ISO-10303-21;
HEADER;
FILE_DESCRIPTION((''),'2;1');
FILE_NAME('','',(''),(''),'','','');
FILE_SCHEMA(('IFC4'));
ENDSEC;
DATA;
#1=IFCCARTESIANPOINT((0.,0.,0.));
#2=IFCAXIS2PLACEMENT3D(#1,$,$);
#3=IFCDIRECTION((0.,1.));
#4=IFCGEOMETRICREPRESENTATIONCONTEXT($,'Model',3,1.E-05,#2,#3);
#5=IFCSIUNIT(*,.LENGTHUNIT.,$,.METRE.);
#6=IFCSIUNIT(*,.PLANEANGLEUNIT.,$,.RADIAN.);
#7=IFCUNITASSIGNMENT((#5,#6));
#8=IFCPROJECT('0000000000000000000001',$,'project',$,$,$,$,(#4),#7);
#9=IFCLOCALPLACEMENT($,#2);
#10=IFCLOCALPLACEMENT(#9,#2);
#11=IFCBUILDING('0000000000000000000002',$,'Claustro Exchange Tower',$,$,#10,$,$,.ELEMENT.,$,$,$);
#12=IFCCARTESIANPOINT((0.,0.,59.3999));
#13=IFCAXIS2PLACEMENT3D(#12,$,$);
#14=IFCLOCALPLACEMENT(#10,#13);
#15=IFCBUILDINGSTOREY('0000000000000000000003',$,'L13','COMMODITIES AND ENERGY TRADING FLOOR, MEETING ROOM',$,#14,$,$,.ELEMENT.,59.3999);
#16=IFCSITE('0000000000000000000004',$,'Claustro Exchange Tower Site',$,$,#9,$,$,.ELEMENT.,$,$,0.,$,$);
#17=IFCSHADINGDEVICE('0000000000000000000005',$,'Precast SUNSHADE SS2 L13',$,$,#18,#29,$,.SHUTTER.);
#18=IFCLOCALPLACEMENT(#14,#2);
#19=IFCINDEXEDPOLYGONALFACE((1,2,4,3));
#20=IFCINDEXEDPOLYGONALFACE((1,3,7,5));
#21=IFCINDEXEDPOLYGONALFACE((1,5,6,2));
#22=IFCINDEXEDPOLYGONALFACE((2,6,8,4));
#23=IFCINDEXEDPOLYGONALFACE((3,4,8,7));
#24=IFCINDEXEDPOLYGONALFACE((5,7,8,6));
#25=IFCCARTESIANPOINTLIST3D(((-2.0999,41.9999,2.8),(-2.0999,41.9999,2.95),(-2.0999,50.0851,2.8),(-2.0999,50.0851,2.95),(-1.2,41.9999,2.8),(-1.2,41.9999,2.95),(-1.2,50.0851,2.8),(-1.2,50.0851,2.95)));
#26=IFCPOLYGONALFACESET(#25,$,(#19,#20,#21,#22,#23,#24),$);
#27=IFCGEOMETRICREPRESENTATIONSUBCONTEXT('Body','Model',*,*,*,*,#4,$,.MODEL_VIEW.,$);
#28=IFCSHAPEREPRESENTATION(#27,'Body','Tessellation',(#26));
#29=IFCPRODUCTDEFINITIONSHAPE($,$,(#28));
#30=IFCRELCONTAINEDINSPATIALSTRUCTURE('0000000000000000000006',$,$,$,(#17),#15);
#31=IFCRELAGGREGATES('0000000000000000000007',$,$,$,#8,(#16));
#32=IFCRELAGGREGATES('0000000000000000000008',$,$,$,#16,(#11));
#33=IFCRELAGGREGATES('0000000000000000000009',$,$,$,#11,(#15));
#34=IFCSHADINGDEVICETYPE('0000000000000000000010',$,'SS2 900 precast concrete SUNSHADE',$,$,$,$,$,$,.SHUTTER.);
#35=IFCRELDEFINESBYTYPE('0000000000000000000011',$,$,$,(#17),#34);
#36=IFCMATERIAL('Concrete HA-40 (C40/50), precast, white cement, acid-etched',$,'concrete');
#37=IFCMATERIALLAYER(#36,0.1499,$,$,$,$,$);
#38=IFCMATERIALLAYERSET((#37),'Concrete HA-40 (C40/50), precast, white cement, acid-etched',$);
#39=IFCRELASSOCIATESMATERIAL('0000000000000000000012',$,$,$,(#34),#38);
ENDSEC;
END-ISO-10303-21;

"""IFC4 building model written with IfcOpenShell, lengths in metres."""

from ifc_helpers import new_model, si_unit, direction, frame, origin, origin_2d, place, context, subcontext, project, spatial, rectangle, extrude, material, layer, layer_set, type_object, element, save


model = new_model("IFC4")

# Units and contexts
model_context = context("Model", 3, precision=1e-05, world=origin(), true_north=direction((0.0, 1.0)))
body_context = subcontext(model_context, "Body", "Model", "MODEL_VIEW")
ifc_project = project(units=[si_unit("LENGTHUNIT", "METRE"), si_unit("PLANEANGLEUNIT", "RADIAN")], contexts=[model_context])

# Site, building, storey
site_placement = place(None, origin())
site = spatial("IfcSite", under=ifc_project, at=site_placement, Name="Claustro Exchange Tower Site", CompositionType="ELEMENT", RefElevation=0.0)
building_placement = place(site_placement, origin())
building = spatial("IfcBuilding", under=site, at=building_placement, Name="Claustro Exchange Tower", CompositionType="ELEMENT")
storey_placement = place(building_placement, frame((0.0, 0.0, 59.3999)))
storey = spatial("IfcBuildingStorey", under=building, at=storey_placement, Name="L13", Description="COMMODITIES AND ENERGY TRADING FLOOR, MEETING ROOM", CompositionType="ELEMENT", Elevation=59.3999)

# Shading device
ifc_material_1 = material(Name="Concrete HA-40 (C40/50), precast, white cement, acid-etched", Category="concrete")
ifc_layer_1 = layer(ifc_material_1, 0.1499)
ifc_layer_set_1 = layer_set([ifc_layer_1], Name="Concrete HA-40 (C40/50), precast, white cement, acid-etched")
shading_device_type = type_object("IfcShadingDeviceType", Name="SS2 900 precast concrete SUNSHADE", PredefinedType="SHUTTER", material=ifc_layer_set_1)
shading_device_1_placement = place(storey_placement, frame((-1.6499, 46.0425, 2.8), z_axis=(0.0, 0.0, 1.0), x_axis=(0.0, 1.0, 0.0)))
element("IfcShadingDevice", 1, at=shading_device_1_placement, inside=storey, type_object=shading_device_type, Name="Precast SUNSHADE SS2 L13", PredefinedType="SHUTTER", context=body_context, shape_type="SweptSolid", body=[
    extrude(rectangle(XDim=8.0852, YDim=0.8999, at=origin_2d()), origin(), (0.0, 0.0, 1.0), 0.1499),
])

save(model, "model.ifc")
